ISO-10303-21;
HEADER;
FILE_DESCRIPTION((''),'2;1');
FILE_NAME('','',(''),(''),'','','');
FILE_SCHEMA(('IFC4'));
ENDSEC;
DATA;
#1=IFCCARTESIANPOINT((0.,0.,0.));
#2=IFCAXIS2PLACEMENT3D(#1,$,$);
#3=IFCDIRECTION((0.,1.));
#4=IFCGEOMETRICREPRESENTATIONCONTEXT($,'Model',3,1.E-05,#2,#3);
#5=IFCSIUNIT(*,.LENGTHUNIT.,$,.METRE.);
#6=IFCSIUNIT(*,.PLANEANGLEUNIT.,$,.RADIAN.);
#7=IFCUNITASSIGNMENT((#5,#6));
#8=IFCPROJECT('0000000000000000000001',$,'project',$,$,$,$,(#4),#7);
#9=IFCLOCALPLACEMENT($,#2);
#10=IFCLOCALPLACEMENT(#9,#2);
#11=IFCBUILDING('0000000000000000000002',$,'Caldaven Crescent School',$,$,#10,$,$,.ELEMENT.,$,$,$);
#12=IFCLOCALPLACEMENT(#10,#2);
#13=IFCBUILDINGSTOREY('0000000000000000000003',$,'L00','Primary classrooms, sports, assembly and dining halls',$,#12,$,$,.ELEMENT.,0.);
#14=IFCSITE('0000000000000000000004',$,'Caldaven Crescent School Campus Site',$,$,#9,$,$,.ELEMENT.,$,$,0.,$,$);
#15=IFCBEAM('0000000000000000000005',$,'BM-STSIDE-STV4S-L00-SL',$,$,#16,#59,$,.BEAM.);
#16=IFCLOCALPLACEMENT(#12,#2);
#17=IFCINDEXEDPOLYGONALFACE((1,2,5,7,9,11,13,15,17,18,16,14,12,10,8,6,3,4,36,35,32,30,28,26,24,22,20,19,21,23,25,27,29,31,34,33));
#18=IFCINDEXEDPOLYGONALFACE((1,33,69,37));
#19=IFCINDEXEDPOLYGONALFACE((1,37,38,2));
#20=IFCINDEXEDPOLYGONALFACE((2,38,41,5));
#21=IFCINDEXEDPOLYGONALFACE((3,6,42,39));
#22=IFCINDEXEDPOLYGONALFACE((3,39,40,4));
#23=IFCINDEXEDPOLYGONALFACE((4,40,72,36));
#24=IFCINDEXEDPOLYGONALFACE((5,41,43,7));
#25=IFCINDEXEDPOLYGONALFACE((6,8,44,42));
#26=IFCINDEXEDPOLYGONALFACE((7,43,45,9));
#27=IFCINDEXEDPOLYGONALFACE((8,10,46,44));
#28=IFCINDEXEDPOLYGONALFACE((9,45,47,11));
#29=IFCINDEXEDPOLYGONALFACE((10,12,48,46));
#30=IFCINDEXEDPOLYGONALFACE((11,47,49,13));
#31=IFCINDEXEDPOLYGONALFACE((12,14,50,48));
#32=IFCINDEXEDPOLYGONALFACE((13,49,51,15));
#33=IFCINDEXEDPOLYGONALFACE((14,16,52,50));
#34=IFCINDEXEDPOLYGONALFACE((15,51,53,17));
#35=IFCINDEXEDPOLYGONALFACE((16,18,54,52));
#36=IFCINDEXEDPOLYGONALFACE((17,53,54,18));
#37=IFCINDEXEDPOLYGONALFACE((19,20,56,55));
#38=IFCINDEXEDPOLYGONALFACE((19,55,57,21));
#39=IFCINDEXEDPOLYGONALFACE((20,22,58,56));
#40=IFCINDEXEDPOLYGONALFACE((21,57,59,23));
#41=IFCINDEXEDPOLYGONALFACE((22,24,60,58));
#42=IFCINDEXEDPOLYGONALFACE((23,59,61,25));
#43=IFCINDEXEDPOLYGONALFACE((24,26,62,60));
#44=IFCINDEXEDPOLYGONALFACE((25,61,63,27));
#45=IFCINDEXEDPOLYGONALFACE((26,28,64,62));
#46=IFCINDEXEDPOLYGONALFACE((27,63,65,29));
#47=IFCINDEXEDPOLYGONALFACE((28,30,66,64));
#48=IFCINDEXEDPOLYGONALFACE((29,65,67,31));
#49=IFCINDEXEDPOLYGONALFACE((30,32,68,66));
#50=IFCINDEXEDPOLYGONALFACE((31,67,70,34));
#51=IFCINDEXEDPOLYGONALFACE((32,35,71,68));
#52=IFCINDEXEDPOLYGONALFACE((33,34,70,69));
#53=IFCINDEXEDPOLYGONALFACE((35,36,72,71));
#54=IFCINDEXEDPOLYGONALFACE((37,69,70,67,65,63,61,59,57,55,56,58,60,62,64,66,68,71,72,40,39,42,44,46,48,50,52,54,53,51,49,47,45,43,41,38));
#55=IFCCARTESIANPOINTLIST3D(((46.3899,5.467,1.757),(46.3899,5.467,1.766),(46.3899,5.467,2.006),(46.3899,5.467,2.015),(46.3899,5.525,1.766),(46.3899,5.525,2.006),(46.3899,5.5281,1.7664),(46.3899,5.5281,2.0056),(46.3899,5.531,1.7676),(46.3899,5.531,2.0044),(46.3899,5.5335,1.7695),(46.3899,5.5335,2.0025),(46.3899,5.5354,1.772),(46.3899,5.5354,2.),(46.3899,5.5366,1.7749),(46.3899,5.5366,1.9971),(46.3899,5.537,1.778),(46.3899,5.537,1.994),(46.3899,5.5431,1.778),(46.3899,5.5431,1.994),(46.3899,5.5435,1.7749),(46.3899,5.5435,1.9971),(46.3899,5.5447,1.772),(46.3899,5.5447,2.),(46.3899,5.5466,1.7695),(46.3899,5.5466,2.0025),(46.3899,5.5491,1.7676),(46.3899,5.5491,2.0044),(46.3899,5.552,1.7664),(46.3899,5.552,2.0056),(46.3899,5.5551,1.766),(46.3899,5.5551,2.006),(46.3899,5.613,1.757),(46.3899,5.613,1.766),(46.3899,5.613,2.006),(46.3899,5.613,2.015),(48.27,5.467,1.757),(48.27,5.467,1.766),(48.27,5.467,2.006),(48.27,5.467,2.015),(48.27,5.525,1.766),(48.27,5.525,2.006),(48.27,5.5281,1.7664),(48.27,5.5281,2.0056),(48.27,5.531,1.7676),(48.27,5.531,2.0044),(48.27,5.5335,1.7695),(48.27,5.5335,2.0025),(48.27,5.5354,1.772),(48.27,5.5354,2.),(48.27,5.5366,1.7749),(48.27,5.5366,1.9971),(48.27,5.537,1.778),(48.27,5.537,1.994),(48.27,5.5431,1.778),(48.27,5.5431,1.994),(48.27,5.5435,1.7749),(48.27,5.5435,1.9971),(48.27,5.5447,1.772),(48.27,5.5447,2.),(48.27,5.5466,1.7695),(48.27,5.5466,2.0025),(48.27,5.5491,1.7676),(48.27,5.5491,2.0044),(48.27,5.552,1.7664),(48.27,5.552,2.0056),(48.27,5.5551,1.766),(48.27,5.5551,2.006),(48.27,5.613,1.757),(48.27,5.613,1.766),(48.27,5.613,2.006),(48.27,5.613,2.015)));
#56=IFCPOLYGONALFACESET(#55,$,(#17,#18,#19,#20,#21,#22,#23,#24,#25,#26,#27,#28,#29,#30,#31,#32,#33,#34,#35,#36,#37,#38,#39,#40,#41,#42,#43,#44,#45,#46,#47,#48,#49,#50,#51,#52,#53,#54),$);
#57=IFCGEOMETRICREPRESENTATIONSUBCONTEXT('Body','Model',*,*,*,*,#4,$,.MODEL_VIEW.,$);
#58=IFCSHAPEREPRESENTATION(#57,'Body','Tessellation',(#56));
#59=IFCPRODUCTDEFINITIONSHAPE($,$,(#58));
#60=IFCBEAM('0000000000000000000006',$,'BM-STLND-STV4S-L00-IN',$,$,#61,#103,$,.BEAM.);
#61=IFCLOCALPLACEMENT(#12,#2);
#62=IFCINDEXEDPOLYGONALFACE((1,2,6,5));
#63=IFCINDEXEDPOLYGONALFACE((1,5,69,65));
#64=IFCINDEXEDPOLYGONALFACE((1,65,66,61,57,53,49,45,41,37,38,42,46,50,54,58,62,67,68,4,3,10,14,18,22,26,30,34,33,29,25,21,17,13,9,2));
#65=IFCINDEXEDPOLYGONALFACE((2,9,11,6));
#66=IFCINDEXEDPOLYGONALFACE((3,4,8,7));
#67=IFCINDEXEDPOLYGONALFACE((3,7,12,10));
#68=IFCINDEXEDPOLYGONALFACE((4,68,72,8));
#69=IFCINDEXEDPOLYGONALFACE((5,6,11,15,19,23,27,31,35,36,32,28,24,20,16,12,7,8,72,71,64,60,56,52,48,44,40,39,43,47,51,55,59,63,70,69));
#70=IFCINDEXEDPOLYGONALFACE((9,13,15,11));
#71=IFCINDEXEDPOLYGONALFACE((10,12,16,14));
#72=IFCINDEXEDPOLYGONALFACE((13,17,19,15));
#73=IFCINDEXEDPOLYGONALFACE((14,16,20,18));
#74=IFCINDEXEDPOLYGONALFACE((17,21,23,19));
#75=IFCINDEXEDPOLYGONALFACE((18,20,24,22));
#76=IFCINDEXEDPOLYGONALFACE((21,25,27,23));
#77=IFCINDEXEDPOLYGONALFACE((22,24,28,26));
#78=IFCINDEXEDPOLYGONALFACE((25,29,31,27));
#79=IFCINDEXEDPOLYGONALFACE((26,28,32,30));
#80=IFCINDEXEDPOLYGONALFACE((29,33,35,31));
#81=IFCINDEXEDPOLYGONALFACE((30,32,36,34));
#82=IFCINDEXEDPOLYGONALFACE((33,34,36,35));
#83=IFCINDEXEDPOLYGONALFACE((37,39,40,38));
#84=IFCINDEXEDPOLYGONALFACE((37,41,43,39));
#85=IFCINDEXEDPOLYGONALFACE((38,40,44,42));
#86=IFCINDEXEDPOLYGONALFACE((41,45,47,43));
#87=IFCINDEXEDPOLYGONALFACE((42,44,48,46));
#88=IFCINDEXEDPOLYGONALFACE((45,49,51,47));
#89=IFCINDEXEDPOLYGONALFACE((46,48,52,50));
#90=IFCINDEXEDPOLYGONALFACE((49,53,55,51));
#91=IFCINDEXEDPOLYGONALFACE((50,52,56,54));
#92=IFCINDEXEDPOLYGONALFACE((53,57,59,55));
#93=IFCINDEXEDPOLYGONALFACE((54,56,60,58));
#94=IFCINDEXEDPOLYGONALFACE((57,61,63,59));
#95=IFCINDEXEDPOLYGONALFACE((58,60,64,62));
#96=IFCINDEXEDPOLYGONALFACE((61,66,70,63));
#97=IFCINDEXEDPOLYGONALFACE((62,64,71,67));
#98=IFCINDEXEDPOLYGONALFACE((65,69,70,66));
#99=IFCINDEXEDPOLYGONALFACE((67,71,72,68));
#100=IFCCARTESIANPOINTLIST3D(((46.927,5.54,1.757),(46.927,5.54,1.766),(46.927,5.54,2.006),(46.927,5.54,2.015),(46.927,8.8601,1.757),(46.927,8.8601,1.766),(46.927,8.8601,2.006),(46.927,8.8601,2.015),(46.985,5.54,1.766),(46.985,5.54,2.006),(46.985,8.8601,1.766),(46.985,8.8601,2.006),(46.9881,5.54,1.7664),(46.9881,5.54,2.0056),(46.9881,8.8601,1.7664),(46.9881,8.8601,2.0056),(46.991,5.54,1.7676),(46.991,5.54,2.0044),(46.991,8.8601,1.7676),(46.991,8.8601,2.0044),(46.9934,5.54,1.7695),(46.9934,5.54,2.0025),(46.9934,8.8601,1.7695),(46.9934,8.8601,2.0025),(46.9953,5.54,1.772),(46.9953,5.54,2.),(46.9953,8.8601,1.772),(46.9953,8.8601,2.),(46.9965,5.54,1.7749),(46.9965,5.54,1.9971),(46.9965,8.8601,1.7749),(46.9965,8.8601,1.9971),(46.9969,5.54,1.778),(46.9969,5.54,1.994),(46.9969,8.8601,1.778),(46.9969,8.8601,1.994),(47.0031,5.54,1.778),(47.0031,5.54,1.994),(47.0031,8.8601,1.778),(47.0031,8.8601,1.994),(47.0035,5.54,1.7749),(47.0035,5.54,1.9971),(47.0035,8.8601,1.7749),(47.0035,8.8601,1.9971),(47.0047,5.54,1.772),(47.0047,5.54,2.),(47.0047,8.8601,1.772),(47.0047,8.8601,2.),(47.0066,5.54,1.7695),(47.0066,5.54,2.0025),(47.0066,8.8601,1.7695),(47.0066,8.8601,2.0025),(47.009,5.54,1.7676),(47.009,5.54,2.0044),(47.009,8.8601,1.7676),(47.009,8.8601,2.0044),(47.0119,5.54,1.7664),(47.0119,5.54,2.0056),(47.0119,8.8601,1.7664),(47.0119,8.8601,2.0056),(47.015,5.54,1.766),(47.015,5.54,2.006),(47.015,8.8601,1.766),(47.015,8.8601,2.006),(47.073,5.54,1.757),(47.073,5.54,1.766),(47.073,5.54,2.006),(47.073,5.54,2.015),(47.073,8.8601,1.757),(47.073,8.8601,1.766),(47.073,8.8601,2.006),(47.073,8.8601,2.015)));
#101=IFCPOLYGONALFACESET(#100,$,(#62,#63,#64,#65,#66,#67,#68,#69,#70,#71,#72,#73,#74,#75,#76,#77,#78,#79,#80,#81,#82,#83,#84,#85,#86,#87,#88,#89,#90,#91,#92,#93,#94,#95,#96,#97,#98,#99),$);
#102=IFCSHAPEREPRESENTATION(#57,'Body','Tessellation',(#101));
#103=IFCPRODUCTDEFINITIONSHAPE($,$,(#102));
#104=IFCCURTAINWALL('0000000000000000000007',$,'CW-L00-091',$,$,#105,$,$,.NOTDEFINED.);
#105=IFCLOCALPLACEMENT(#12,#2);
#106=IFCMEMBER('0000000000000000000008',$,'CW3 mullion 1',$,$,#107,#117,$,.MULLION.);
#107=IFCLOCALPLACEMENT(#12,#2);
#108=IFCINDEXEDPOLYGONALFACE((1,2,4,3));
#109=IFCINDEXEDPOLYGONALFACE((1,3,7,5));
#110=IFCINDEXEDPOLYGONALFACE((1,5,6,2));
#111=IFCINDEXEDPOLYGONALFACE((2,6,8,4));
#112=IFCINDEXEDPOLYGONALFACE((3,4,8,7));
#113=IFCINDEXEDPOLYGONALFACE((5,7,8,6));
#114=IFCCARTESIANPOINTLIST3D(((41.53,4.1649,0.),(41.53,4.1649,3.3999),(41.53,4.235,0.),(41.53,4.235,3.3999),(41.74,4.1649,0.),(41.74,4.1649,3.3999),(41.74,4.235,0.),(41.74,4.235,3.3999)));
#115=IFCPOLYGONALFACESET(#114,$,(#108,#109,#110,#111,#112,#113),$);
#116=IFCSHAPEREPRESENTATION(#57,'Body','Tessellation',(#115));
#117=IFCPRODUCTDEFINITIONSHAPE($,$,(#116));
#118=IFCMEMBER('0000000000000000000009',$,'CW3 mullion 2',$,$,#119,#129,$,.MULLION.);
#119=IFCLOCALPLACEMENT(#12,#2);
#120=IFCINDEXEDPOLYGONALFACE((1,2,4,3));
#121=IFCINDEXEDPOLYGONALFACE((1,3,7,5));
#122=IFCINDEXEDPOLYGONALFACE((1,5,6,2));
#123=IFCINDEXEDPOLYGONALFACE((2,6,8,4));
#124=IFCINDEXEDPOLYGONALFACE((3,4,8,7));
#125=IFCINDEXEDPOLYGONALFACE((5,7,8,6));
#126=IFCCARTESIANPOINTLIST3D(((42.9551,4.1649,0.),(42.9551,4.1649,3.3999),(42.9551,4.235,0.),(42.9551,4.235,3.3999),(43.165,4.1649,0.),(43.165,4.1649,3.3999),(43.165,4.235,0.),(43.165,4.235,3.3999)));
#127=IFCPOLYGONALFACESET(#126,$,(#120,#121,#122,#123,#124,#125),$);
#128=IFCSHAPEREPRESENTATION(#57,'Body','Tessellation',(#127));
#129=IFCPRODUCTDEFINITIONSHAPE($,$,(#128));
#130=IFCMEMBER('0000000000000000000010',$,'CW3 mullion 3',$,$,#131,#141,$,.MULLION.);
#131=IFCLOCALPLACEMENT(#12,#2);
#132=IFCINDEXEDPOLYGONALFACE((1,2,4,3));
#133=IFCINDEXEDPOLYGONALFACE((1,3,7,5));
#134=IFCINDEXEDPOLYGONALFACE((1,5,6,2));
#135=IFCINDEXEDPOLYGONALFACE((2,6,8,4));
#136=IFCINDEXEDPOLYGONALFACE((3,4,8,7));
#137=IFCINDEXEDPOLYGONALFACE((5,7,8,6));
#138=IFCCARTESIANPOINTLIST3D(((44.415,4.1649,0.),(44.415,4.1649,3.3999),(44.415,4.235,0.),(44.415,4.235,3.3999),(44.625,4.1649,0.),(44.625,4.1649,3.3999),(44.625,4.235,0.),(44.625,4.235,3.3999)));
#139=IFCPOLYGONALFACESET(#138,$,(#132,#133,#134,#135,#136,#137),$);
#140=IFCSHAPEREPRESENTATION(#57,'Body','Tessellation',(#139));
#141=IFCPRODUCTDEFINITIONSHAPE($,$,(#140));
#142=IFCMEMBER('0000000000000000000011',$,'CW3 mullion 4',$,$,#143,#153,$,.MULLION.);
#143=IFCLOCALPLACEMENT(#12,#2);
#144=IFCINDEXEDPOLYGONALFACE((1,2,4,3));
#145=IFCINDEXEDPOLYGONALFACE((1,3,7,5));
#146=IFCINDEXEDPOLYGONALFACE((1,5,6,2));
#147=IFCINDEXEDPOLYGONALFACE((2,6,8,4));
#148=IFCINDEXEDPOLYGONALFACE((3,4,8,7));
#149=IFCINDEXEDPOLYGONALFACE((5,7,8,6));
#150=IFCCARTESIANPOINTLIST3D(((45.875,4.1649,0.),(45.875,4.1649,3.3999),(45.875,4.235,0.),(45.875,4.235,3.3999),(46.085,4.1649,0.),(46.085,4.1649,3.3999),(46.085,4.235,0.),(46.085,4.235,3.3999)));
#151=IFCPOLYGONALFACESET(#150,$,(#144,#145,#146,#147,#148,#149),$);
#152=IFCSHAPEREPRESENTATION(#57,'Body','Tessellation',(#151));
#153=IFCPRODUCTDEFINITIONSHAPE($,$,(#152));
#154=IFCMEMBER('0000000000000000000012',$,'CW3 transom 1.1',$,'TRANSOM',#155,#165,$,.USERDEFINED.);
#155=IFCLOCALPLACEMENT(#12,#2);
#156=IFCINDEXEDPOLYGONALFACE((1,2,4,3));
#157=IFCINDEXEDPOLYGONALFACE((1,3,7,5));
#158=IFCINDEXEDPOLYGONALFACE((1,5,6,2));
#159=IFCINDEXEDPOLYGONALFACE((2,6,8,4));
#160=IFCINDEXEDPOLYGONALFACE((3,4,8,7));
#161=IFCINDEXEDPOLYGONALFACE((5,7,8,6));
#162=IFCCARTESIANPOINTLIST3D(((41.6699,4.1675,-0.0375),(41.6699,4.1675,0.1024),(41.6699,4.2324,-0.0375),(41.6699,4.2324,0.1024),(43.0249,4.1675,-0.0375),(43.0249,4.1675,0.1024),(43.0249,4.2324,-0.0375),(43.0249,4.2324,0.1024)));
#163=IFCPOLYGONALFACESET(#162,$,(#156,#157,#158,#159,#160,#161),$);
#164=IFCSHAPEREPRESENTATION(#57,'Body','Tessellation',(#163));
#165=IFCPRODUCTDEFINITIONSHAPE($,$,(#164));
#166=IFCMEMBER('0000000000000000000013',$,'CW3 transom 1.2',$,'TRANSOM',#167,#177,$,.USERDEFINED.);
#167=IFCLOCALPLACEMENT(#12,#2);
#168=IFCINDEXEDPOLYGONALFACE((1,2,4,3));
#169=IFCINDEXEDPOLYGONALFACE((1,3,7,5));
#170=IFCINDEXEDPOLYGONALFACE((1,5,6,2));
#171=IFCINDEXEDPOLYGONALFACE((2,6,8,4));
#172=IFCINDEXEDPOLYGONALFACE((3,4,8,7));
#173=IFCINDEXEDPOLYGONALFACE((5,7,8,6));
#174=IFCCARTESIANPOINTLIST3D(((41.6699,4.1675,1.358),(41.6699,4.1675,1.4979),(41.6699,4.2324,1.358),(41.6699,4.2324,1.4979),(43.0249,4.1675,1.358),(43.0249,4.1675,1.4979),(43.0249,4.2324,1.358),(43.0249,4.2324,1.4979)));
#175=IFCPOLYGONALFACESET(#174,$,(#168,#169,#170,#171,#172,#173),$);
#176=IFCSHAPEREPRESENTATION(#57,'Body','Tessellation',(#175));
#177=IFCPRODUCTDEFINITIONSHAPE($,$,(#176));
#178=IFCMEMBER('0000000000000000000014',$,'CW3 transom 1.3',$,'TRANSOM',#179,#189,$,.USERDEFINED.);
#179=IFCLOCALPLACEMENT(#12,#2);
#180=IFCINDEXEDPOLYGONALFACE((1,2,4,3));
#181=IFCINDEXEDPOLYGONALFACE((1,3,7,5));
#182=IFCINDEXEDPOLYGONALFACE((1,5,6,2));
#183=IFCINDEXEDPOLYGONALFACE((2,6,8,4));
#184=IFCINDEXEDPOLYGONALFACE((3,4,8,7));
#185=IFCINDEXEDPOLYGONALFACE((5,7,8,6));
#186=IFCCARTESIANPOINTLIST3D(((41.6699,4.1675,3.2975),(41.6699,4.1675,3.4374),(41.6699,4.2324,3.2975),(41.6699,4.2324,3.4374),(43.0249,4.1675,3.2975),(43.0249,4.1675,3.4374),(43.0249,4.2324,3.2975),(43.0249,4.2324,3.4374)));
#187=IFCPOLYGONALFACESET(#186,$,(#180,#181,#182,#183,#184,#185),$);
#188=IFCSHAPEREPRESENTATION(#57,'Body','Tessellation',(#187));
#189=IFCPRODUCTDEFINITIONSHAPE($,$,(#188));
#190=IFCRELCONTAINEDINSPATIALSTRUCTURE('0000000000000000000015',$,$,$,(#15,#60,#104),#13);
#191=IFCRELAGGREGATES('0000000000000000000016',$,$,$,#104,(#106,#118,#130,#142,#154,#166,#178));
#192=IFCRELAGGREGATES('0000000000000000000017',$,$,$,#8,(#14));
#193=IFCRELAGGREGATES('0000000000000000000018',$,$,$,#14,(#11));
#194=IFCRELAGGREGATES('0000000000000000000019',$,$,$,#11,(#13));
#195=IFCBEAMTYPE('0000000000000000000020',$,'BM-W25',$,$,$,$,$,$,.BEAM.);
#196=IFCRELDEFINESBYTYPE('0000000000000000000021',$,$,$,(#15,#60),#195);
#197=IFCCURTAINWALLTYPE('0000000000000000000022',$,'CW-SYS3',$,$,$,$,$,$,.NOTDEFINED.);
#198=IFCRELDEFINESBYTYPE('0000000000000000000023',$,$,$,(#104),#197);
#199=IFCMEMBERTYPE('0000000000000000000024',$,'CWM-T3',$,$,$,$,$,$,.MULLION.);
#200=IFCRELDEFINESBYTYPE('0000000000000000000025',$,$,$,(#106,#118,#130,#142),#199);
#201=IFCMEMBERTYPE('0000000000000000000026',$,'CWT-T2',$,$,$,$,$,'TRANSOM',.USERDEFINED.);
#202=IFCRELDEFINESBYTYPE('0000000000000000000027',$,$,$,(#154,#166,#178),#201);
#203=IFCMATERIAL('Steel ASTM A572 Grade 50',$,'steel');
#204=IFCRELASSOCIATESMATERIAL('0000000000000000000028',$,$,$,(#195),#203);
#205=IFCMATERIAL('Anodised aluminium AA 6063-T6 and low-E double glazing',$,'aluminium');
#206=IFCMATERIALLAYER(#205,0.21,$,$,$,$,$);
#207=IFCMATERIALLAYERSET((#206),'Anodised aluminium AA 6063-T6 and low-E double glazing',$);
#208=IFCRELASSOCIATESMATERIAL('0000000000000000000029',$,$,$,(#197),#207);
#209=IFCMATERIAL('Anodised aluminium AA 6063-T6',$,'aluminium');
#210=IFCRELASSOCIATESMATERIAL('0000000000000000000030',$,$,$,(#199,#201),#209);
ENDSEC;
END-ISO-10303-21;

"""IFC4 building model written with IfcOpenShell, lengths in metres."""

from ifc_helpers import new_model, si_unit, direction, frame, origin, origin_2d, place, context, subcontext, project, spatial, rectangle, i_section, extrude, material, layer, layer_set, material_profile, profile_set, type_object, element, aggregate, save


model = new_model("IFC4")

# Units and contexts
model_context = context("Model", 3, precision=1e-05, world=origin(), true_north=direction((0.0, 1.0)))
body_context = subcontext(model_context, "Body", "Model", "MODEL_VIEW")
ifc_project = project(units=[si_unit("LENGTHUNIT", "METRE"), si_unit("PLANEANGLEUNIT", "RADIAN")], contexts=[model_context])

# Site, building, storey
site_placement = place(None, origin())
site = spatial("IfcSite", under=ifc_project, at=site_placement, Name="Caldaven Crescent School Campus Site", CompositionType="ELEMENT", RefElevation=0.0)
building_placement = place(site_placement, origin())
building = spatial("IfcBuilding", under=site, at=building_placement, Name="Caldaven Crescent School", CompositionType="ELEMENT")
storey_placement = place(building_placement, origin())
storey = spatial("IfcBuildingStorey", under=building, at=storey_placement, Name="L00", Description="Primary classrooms, sports, assembly and dining halls", CompositionType="ELEMENT", Elevation=0.0)

# Shared definitions
ifc_material_1 = material(Name="Steel ASTM A572 Grade 50", Category="steel")

# Beams
ifc_material_profile_1 = material_profile(ifc_material_1, i_section(OverallWidth=0.146, OverallDepth=0.2581, WebThickness=0.0061, FlangeThickness=0.009, FilletRadius=0.012, at=origin_2d()), Name="W250x33")
ifc_profile_set_1 = profile_set([ifc_material_profile_1], Name="Steel ASTM A572 Grade 50")
beam_type_1 = type_object("IfcBeamType", Name="BM-W25", PredefinedType="BEAM", material=ifc_profile_set_1)
beam_1_placement = place(storey_placement, frame((46.3899, 5.54, 1.886), z_axis=(1.0, 0.0, 0.0), x_axis=(0.0, 1.0, 0.0)))
element("IfcBeam", 1, at=beam_1_placement, inside=storey, type_object=beam_type_1, Name="BM-STSIDE-STV4S-L00-SL", PredefinedType="BEAM", context=body_context, shape_type="SweptSolid", body=[
    extrude(i_section(OverallWidth=0.146, OverallDepth=0.2581, WebThickness=0.0061, FlangeThickness=0.009, FilletRadius=0.012, at=origin_2d()), origin(), (0.0, 0.0, 1.0), 1.8801),
])
beam_2_placement = place(storey_placement, frame((47.0, 5.54, 1.886), z_axis=(0.0, 1.0, 0.0), x_axis=(-1.0, 0.0, 0.0)))
element("IfcBeam", 2, at=beam_2_placement, inside=storey, type_object=beam_type_1, Name="BM-STLND-STV4S-L00-IN", PredefinedType="BEAM", context=body_context, shape_type="SweptSolid", body=[
    extrude(i_section(OverallWidth=0.146, OverallDepth=0.2581, WebThickness=0.0061, FlangeThickness=0.009, FilletRadius=0.012, at=origin_2d()), origin(), (0.0, 0.0, 1.0), 3.3201),
])

# Curtain wall, members
ifc_material_2 = material(Name="Anodised aluminium AA 6063-T6 and low-E double glazing", Category="aluminium")
ifc_layer_1 = layer(ifc_material_2, 0.21)
ifc_layer_set_1 = layer_set([ifc_layer_1], Name="Anodised aluminium AA 6063-T6 and low-E double glazing")
curtain_wall_type = type_object("IfcCurtainWallType", Name="CW-SYS3", PredefinedType="NOTDEFINED", material=ifc_layer_set_1)
curtain_wall_placement = place(storey_placement, origin())
curtain_wall = element("IfcCurtainWall", 3, at=curtain_wall_placement, inside=storey, type_object=curtain_wall_type, Name="CW-L00-091", PredefinedType="NOTDEFINED")
ifc_material_3 = material(Name="Anodised aluminium AA 6063-T6", Category="aluminium")
ifc_material_profile_2 = material_profile(ifc_material_3, rectangle(XDim=0.0701, YDim=0.21, at=origin_2d()), Name="CWM 70x210")
ifc_profile_set_2 = profile_set([ifc_material_profile_2], Name="Anodised aluminium AA 6063-T6")
member_type_1 = type_object("IfcMemberType", Name="CWM-T3", PredefinedType="MULLION", material=ifc_profile_set_2)
member_1_placement = place(storey_placement, frame((41.635, 4.2, 0.0), z_axis=(0.0, 0.0, 1.0), x_axis=(0.0, 1.0, 0.0)))
member_1 = element("IfcMember", 4, at=member_1_placement, type_object=member_type_1, Name="CW3 mullion 1", PredefinedType="MULLION", context=body_context, shape_type="SweptSolid", body=[
    extrude(rectangle(XDim=0.0701, YDim=0.21, at=origin_2d()), origin(), (0.0, 0.0, 1.0), 3.3999),
])
member_2_placement = place(storey_placement, frame((43.0601, 4.2, 0.0), z_axis=(0.0, 0.0, 1.0), x_axis=(0.0, 1.0, 0.0)))
member_2 = element("IfcMember", 5, at=member_2_placement, type_object=member_type_1, Name="CW3 mullion 2", PredefinedType="MULLION", context=body_context, shape_type="SweptSolid", body=[
    extrude(rectangle(XDim=0.0701, YDim=0.21, at=origin_2d()), origin(), (0.0, 0.0, 1.0), 3.3999),
])
member_3_placement = place(storey_placement, frame((44.52, 4.2, 0.0), z_axis=(0.0, 0.0, 1.0), x_axis=(0.0, 1.0, 0.0)))
member_3 = element("IfcMember", 6, at=member_3_placement, type_object=member_type_1, Name="CW3 mullion 3", PredefinedType="MULLION", context=body_context, shape_type="SweptSolid", body=[
    extrude(rectangle(XDim=0.0701, YDim=0.21, at=origin_2d()), origin(), (0.0, 0.0, 1.0), 3.3999),
])
member_4_placement = place(storey_placement, frame((45.98, 4.2, 0.0), z_axis=(0.0, 0.0, 1.0), x_axis=(0.0, 1.0, 0.0)))
member_4 = element("IfcMember", 7, at=member_4_placement, type_object=member_type_1, Name="CW3 mullion 4", PredefinedType="MULLION", context=body_context, shape_type="SweptSolid", body=[
    extrude(rectangle(XDim=0.0701, YDim=0.21, at=origin_2d()), origin(), (0.0, 0.0, 1.0), 3.3999),
])
ifc_material_profile_3 = material_profile(ifc_material_3, rectangle(XDim=0.0649, YDim=0.1399, at=origin_2d()), Name="CWT 65x140")
ifc_profile_set_3 = profile_set([ifc_material_profile_3], Name="Anodised aluminium AA 6063-T6")
member_type_2 = type_object("IfcMemberType", Name="CWT-T2", ElementType="TRANSOM", PredefinedType="USERDEFINED", material=ifc_profile_set_3)
member_5_placement = place(storey_placement, frame((41.6699, 4.2, 0.0325), z_axis=(1.0, 0.0, 0.0), x_axis=(0.0, 1.0, 0.0)))
member_5 = element("IfcMember", 8, at=member_5_placement, type_object=member_type_2, Name="CW3 transom 1.1", ObjectType="TRANSOM", PredefinedType="USERDEFINED", context=body_context, shape_type="SweptSolid", body=[
    extrude(rectangle(XDim=0.0649, YDim=0.1399, at=origin_2d()), origin(), (0.0, 0.0, 1.0), 1.355),
])
member_6_placement = place(storey_placement, frame((41.6699, 4.2, 1.428), z_axis=(1.0, 0.0, 0.0), x_axis=(0.0, 1.0, 0.0)))
member_6 = element("IfcMember", 9, at=member_6_placement, type_object=member_type_2, Name="CW3 transom 1.2", ObjectType="TRANSOM", PredefinedType="USERDEFINED", context=body_context, shape_type="SweptSolid", body=[
    extrude(rectangle(XDim=0.0649, YDim=0.1399, at=origin_2d()), origin(), (0.0, 0.0, 1.0), 1.355),
])
member_7_placement = place(storey_placement, frame((41.6699, 4.2, 3.3674), z_axis=(1.0, 0.0, 0.0), x_axis=(0.0, 1.0, 0.0)))
member_7 = element("IfcMember", 10, at=member_7_placement, type_object=member_type_2, Name="CW3 transom 1.3", ObjectType="TRANSOM", PredefinedType="USERDEFINED", context=body_context, shape_type="SweptSolid", body=[
    extrude(rectangle(XDim=0.0649, YDim=0.1399, at=origin_2d()), origin(), (0.0, 0.0, 1.0), 1.355),
])
aggregate(curtain_wall, [member_1, member_2, member_3, member_4, member_5, member_6, member_7])

save(model, "model.ifc")
